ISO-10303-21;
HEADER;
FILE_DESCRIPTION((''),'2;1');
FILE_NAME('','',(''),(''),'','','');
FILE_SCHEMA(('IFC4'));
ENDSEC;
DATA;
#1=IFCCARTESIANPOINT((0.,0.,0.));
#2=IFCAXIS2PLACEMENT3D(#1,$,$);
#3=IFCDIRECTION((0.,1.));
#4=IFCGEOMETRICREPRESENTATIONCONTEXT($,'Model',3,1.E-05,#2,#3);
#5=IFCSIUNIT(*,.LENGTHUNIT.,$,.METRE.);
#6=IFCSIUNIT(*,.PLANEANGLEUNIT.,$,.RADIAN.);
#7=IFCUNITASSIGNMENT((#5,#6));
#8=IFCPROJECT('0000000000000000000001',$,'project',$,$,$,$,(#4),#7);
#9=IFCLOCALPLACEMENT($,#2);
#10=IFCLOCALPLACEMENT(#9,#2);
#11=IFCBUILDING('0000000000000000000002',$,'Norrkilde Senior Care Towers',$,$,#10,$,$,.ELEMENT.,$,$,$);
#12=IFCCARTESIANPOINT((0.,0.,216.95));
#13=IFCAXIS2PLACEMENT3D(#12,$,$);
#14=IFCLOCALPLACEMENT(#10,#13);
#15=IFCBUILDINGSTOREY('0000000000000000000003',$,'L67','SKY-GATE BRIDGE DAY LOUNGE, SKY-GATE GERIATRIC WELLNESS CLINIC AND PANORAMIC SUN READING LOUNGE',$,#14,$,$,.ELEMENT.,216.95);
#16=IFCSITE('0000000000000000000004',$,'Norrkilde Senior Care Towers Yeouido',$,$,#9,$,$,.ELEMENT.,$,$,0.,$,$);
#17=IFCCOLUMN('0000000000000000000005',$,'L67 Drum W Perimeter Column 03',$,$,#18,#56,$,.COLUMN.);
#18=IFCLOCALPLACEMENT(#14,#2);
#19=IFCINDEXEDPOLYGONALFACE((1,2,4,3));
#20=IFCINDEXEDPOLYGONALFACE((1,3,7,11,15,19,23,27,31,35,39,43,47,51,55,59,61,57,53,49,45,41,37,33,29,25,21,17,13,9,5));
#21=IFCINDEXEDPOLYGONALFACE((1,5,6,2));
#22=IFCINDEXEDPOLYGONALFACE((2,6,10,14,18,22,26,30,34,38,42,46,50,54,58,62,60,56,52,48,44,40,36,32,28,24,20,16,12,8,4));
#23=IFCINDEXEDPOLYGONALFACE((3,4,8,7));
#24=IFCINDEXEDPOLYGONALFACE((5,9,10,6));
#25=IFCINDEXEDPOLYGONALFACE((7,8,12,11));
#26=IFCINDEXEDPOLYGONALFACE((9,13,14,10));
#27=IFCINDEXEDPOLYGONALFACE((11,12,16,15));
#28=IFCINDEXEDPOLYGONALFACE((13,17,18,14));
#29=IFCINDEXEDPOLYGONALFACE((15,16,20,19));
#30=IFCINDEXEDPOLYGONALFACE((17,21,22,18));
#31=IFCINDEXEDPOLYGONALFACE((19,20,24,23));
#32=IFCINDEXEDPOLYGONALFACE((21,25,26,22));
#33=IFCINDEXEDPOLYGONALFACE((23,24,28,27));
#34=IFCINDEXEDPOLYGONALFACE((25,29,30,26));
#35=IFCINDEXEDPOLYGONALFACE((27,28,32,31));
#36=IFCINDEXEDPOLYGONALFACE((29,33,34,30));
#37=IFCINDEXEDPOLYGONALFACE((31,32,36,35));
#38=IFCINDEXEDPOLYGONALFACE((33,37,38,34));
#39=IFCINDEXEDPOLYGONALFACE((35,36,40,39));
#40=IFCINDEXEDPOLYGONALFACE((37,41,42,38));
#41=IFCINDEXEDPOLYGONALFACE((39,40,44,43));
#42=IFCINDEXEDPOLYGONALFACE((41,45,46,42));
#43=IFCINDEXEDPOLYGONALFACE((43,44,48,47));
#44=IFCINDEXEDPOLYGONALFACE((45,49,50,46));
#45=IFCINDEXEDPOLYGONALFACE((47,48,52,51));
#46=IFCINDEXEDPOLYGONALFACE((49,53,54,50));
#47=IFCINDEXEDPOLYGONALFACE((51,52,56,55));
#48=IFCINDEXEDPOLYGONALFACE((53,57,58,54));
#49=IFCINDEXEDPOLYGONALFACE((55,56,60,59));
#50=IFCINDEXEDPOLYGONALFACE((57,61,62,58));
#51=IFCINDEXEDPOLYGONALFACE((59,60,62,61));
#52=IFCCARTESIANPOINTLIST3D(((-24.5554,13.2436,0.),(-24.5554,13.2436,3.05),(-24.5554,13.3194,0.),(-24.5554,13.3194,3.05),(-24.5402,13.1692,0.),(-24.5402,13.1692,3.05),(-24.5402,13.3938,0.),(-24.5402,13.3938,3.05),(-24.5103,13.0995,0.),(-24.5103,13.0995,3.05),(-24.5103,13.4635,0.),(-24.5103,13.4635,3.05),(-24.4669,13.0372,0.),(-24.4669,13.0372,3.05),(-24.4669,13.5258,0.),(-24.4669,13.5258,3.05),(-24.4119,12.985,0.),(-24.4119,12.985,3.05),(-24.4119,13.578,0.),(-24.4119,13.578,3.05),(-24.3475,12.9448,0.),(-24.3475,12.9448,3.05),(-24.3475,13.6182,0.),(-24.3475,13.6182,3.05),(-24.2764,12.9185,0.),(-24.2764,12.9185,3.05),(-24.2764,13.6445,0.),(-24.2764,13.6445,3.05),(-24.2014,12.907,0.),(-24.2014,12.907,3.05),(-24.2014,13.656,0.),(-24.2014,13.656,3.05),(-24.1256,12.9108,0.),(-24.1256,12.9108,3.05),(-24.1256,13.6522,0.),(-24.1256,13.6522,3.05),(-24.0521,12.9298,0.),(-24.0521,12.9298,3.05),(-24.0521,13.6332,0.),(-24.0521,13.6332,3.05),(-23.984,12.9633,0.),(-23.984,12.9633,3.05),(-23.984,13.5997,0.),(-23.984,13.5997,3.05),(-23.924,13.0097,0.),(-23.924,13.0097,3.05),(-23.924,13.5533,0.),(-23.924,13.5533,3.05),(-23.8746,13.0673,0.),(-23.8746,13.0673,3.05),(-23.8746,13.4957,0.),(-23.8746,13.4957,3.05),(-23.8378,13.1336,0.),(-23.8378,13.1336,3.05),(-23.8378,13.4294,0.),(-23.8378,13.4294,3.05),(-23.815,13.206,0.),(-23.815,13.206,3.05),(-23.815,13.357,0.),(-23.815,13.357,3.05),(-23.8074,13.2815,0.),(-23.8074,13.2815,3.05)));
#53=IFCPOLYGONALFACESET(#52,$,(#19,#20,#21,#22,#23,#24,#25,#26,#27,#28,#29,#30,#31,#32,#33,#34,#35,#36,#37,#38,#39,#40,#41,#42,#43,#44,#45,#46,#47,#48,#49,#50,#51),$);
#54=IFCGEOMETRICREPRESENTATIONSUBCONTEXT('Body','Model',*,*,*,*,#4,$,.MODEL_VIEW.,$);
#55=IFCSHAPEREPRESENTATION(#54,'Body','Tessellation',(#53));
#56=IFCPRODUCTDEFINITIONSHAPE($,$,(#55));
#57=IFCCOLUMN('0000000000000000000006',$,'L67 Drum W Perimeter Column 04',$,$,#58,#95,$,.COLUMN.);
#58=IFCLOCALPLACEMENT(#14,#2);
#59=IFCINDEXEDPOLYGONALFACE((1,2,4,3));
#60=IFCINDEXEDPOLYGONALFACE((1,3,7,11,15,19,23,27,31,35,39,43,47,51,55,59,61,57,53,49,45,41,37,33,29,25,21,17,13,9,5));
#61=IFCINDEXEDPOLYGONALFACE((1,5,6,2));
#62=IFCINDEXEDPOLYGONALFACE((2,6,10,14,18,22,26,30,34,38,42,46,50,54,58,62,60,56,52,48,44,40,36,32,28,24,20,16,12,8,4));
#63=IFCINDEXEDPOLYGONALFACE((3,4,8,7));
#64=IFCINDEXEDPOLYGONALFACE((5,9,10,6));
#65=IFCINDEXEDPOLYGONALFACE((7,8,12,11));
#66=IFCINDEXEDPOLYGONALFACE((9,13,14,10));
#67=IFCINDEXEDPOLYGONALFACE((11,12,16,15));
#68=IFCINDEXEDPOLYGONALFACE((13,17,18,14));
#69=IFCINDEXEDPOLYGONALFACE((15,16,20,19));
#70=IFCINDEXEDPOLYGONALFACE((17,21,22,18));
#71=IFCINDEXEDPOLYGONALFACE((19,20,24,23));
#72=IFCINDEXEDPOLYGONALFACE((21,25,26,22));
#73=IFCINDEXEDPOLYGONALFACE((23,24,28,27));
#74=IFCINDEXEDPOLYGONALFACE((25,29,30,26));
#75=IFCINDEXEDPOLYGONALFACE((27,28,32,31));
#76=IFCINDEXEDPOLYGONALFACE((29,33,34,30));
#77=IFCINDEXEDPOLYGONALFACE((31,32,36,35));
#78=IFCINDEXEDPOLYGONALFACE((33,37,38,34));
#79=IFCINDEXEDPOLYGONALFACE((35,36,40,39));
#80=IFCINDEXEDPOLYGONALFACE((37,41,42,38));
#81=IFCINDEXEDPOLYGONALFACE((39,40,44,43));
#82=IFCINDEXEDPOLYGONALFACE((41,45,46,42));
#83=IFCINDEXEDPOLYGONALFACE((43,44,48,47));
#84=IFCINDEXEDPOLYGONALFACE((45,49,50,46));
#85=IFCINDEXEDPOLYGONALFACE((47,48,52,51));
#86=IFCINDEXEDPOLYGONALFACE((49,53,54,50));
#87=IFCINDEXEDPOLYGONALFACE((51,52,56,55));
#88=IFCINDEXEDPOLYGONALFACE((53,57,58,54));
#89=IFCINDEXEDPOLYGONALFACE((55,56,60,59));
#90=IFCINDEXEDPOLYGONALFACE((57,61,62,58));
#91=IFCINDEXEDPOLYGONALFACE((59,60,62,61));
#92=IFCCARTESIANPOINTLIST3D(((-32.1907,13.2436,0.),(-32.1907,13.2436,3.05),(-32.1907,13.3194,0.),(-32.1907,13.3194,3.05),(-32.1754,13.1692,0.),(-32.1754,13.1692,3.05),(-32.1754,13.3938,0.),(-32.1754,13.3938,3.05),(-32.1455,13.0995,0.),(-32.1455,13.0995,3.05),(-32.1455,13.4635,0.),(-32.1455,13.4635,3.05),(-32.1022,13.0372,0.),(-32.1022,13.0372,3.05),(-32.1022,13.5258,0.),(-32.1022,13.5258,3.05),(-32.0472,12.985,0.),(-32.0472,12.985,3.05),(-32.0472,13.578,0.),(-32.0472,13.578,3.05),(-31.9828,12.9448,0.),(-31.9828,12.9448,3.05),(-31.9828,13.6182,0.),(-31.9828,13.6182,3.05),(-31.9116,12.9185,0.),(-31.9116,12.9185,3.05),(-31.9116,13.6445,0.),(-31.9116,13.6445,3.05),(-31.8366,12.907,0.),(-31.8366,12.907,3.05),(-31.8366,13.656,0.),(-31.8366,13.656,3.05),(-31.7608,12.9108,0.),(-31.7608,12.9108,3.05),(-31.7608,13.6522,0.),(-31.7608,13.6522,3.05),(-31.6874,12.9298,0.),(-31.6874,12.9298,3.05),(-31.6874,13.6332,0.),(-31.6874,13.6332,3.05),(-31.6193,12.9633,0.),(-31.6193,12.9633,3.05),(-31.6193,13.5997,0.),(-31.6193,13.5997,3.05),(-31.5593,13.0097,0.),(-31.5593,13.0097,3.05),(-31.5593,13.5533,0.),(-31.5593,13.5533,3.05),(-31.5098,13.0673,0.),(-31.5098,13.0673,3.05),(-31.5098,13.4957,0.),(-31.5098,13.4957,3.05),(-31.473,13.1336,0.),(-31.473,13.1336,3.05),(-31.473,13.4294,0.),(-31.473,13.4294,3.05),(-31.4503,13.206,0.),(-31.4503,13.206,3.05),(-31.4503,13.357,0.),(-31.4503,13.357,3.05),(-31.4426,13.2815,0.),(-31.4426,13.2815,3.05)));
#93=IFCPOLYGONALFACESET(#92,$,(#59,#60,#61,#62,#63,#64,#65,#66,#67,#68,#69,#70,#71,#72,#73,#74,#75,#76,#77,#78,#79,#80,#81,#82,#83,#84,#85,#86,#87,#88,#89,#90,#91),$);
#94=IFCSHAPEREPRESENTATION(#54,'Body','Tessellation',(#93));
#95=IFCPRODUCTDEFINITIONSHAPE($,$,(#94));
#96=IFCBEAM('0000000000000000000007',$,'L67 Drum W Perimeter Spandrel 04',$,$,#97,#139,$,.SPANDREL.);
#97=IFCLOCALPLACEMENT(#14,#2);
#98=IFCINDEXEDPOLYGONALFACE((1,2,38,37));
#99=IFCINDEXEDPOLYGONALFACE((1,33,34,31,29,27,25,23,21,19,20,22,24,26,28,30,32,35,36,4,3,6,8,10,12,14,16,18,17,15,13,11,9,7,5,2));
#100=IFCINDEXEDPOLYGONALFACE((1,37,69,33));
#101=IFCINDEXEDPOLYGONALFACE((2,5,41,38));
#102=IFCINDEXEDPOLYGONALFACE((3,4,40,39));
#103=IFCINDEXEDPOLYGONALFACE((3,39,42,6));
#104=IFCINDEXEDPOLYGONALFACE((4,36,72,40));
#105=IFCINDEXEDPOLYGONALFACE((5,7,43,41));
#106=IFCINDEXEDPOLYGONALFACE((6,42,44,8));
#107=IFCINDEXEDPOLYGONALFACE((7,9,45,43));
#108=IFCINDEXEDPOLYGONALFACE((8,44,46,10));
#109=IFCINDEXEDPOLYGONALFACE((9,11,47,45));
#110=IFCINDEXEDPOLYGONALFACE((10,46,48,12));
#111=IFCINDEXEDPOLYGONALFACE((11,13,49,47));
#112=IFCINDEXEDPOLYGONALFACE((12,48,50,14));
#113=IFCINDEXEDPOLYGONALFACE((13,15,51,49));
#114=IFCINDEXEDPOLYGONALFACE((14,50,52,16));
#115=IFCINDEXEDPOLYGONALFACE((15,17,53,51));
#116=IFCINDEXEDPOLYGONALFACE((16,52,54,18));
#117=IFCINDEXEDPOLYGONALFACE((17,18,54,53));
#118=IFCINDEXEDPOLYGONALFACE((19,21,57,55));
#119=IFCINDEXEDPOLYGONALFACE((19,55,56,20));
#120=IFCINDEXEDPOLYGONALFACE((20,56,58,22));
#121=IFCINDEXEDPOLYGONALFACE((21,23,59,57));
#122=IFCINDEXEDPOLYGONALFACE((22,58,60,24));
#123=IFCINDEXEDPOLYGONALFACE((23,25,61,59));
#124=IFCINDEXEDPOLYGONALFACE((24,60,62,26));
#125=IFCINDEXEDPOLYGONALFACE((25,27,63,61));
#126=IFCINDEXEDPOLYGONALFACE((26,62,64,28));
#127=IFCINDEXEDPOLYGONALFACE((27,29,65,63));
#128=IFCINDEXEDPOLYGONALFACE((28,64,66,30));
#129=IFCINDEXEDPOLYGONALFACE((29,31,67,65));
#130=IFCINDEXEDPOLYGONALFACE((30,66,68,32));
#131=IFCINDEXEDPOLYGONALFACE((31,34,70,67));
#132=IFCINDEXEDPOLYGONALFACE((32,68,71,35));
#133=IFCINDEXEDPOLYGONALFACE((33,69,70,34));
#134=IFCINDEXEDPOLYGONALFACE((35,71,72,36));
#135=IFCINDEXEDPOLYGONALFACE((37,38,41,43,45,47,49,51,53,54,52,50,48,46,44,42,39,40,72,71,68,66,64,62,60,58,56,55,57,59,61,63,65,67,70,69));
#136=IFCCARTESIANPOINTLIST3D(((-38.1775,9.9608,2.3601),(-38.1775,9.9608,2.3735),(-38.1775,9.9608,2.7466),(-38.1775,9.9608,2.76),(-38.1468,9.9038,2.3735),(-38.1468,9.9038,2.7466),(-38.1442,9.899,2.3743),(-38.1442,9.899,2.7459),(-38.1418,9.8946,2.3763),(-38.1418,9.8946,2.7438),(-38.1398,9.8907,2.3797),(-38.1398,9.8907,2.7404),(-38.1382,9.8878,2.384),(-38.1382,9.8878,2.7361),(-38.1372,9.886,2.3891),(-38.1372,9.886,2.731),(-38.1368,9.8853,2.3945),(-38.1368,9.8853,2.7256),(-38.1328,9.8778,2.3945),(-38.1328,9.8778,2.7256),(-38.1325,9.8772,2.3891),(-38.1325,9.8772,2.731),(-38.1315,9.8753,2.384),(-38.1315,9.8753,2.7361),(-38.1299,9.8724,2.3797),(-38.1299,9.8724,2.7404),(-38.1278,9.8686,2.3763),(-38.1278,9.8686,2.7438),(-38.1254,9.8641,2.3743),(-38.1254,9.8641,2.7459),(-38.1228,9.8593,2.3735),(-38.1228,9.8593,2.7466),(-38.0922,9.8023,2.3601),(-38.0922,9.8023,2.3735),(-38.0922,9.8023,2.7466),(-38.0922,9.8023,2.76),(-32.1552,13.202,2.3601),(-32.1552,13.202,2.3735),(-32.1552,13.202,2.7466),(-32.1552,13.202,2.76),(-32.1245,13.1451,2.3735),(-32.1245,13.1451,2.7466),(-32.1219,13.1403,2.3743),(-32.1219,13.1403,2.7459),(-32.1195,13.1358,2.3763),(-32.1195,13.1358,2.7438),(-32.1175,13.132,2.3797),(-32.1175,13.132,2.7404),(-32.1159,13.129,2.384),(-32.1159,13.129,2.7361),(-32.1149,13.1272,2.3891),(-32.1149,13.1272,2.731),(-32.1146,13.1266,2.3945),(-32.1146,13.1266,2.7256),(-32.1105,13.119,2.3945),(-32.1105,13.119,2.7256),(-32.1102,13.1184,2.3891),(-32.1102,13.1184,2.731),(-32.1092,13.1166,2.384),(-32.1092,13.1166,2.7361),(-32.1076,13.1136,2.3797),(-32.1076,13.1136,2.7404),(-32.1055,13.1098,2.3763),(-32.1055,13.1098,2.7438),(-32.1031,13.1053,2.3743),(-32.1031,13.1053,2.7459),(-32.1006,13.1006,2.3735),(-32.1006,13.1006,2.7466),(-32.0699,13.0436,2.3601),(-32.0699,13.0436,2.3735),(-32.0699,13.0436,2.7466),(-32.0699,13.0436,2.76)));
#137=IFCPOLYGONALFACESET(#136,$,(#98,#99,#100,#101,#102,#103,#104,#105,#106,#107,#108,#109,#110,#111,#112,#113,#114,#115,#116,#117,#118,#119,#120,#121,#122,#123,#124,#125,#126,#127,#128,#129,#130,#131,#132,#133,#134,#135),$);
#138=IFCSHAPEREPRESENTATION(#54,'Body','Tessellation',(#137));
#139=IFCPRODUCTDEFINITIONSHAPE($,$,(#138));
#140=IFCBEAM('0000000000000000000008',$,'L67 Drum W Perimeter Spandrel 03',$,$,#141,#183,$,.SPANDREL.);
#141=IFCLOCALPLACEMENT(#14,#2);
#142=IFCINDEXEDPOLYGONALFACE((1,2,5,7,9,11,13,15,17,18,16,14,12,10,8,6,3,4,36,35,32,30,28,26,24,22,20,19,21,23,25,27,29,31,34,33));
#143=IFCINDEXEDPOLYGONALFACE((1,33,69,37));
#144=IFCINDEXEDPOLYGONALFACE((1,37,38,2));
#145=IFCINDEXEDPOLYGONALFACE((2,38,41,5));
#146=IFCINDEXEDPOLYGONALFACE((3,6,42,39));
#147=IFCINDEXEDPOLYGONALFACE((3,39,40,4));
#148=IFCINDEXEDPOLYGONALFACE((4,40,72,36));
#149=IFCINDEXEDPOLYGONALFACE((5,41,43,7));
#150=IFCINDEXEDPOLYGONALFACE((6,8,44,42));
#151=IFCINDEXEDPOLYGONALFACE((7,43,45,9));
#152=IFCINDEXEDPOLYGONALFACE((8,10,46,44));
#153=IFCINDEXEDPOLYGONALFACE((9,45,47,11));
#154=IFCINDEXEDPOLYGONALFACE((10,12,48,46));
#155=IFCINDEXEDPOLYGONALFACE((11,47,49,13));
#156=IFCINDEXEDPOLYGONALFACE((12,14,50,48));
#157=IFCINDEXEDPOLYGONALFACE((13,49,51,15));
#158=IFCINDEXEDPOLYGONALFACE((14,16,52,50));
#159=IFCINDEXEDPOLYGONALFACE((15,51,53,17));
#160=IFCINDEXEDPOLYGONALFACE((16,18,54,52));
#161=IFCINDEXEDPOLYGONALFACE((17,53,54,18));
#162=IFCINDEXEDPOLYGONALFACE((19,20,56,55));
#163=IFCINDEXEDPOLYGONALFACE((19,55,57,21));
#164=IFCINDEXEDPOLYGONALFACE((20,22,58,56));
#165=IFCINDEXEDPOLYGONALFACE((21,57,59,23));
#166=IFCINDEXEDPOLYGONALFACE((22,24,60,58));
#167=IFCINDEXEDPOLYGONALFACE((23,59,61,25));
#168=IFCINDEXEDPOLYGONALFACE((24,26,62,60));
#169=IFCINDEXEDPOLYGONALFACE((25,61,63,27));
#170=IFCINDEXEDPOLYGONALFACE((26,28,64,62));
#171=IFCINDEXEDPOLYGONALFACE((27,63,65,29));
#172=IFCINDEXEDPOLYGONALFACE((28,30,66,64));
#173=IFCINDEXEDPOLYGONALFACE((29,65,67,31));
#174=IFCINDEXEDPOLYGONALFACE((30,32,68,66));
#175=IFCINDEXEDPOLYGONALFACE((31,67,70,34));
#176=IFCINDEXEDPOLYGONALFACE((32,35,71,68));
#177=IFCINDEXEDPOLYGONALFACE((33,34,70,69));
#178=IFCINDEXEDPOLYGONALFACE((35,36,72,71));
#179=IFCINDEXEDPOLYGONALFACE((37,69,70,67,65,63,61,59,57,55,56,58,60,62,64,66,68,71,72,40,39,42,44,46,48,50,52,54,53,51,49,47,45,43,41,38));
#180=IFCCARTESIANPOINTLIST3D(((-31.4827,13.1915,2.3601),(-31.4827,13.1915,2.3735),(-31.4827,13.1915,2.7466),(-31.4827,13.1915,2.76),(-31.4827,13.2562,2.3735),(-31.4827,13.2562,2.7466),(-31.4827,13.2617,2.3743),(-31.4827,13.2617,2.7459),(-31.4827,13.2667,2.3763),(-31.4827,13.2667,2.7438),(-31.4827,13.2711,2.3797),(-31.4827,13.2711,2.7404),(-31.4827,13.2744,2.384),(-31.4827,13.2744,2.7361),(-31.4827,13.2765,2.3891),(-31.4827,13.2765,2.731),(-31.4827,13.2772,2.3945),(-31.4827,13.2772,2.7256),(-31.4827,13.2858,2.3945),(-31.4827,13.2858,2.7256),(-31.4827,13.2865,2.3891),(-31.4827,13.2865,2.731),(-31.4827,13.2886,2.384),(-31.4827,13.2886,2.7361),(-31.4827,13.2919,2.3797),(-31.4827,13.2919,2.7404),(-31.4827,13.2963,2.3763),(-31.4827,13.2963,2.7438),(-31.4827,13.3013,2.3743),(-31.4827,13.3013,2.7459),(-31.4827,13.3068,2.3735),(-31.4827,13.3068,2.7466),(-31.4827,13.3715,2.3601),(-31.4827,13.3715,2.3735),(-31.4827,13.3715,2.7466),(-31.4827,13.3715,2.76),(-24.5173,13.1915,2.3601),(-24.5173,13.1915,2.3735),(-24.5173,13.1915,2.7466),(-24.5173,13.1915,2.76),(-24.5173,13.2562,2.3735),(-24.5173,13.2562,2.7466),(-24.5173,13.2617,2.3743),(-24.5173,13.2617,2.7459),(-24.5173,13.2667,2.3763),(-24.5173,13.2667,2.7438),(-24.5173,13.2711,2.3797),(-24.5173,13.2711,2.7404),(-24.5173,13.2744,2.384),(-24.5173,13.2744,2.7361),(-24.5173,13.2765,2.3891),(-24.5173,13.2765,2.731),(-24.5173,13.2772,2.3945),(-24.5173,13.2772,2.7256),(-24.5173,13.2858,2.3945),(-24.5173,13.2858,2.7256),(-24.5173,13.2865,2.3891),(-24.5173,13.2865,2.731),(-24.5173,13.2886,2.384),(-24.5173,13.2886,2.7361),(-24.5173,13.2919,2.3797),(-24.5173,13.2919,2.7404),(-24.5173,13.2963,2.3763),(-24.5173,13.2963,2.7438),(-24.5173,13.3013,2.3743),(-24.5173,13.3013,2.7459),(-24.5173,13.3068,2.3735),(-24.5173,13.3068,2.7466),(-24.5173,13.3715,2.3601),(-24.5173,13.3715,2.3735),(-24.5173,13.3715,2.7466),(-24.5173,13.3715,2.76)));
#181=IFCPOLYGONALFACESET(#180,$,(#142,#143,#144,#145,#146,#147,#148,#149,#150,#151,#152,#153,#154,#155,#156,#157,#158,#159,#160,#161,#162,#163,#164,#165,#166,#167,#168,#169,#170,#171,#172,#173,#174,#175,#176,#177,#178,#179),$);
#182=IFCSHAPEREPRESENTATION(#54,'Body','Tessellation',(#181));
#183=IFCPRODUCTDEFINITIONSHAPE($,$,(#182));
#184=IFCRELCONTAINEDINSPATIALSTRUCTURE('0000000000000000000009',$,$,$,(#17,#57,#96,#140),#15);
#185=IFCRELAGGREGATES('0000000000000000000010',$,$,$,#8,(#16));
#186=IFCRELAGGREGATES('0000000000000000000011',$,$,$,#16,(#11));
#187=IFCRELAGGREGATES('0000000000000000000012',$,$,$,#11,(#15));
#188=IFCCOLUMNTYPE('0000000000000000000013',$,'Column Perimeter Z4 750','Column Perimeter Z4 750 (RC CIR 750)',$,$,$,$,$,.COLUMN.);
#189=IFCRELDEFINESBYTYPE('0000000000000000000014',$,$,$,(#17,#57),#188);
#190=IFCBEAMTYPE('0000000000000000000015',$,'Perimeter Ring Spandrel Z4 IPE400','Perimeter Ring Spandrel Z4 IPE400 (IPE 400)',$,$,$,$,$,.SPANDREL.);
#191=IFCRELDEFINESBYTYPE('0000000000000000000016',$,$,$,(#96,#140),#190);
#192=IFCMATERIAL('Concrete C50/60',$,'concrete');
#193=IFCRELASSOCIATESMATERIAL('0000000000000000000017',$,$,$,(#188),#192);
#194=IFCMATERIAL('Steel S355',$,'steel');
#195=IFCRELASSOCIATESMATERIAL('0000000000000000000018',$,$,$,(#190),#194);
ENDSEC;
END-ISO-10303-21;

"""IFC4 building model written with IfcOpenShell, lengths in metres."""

from ifc_helpers import new_model, si_unit, direction, frame, origin, origin_2d, place, context, subcontext, project, spatial, circle, i_section, extrude, source, transform, mapped, material, material_profile, profile_set, type_object, type_shapes, element, save


model = new_model("IFC4")

# Units and contexts
model_context = context("Model", 3, precision=1e-05, world=origin(), true_north=direction((0.0, 1.0)))
body_context = subcontext(model_context, "Body", "Model", "MODEL_VIEW")
ifc_project = project(units=[si_unit("LENGTHUNIT", "METRE"), si_unit("PLANEANGLEUNIT", "RADIAN")], contexts=[model_context])

# Site, building, storey
site_placement = place(None, origin())
site = spatial("IfcSite", under=ifc_project, at=site_placement, Name="Norrkilde Senior Care Towers Yeouido", CompositionType="ELEMENT", RefElevation=0.0)
building_placement = place(site_placement, origin())
building = spatial("IfcBuilding", under=site, at=building_placement, Name="Norrkilde Senior Care Towers", CompositionType="ELEMENT")
storey_placement = place(building_placement, frame((0.0, 0.0, 216.95)))
storey = spatial("IfcBuildingStorey", under=building, at=storey_placement, Name="L67", Description="SKY-GATE BRIDGE DAY LOUNGE, SKY-GATE GERIATRIC WELLNESS CLINIC AND PANORAMIC SUN READING LOUNGE", CompositionType="ELEMENT", Elevation=216.95)

# Columns
ifc_material_1 = material(Name="Concrete C50/60", Category="concrete")
ifc_material_profile_1 = material_profile(ifc_material_1, circle(Radius=0.375, at=origin_2d()), Name="RC CIR 750")
ifc_profile_set_1 = profile_set([ifc_material_profile_1], Name="Concrete C50/60")
column_type = type_object("IfcColumnType", Name="Column Perimeter Z4 750", Description="Column Perimeter Z4 750 (RC CIR 750)", PredefinedType="COLUMN", material=ifc_profile_set_1)
shared_shape_1 = source(origin(), body_context, "Body", "SweptSolid", [
    extrude(circle(Radius=0.375, at=origin_2d()), origin(), (0.0, 0.0, 1.0), 3.05),
])
type_shapes(column_type, [shared_shape_1])
for number, where, z_axis, x_axis, name in (
    (1, (-24.1824, 13.2815, 0.0), (0.0, 0.0, 1.0), (1.0, 0.0, 0.0), "L67 Drum W Perimeter Column 03"),
    (2, (-31.8176, 13.2815, 0.0), (0.0, 0.0, 1.0), (1.0, 0.0, 0.0), "L67 Drum W Perimeter Column 04"),
):
    element("IfcColumn", number, at=place(storey_placement, frame(where, z_axis=z_axis, x_axis=x_axis)), inside=storey, type_object=column_type, Name=name, PredefinedType="COLUMN", context=body_context, shape_type="MappedRepresentation", body=[
        mapped(shared_shape_1, transform((0.0, 0.0, 0.0), x_axis=(1.0, 0.0, 0.0), y_axis=(0.0, 1.0, 0.0), z_axis=(0.0, 0.0, 1.0), scale=1.0)),
    ])

# Beams
ifc_material_2 = material(Name="Steel S355", Category="steel")
ifc_material_profile_2 = material_profile(ifc_material_2, i_section(OverallWidth=0.1799, OverallDepth=0.3999, WebThickness=0.0085, FlangeThickness=0.0134, FilletRadius=0.021, at=origin_2d()), Name="IPE 400")
ifc_profile_set_2 = profile_set([ifc_material_profile_2], Name="Steel S355")
beam_type = type_object("IfcBeamType", Name="Perimeter Ring Spandrel Z4 IPE400", Description="Perimeter Ring Spandrel Z4 IPE400 (IPE 400)", PredefinedType="SPANDREL", material=ifc_profile_set_2)
shared_shape_2 = source(origin(), body_context, "Body", "SweptSolid", [
    extrude(i_section(OverallWidth=0.1799, OverallDepth=0.3999, WebThickness=0.0085, FlangeThickness=0.0134, FilletRadius=0.021, at=origin_2d()), origin(), (0.0, 0.0, 1.0), 6.8391),
])
beam_1_placement = place(storey_placement, frame((-32.1125, 13.1228, 2.5601), z_axis=(-0.880564, -0.473927, 0.0), x_axis=(0.473927, -0.880564, 0.0)))
element("IfcBeam", 3, at=beam_1_placement, inside=storey, type_object=beam_type, Name="L67 Drum W Perimeter Spandrel 04", PredefinedType="SPANDREL", context=body_context, shape_type="MappedRepresentation", body=[
    mapped(shared_shape_2, transform((0.0, 0.0, 0.0), x_axis=(1.0, 0.0, 0.0), y_axis=(0.0, 1.0, 0.0), z_axis=(0.0, 0.0, 1.0), scale=1.0)),
])
shared_shape_3 = source(origin(), body_context, "Body", "SweptSolid", [
    extrude(i_section(OverallWidth=0.1799, OverallDepth=0.3999, WebThickness=0.0085, FlangeThickness=0.0134, FilletRadius=0.021, at=origin_2d()), origin(), (0.0, 0.0, 1.0), 6.9653),
])
type_shapes(beam_type, [shared_shape_2, shared_shape_3])
beam_2_placement = place(storey_placement, frame((-24.5173, 13.2815, 2.5601), z_axis=(-1.0, 0.0, 0.0), x_axis=(0.0, -1.0, 0.0)))
element("IfcBeam", 4, at=beam_2_placement, inside=storey, type_object=beam_type, Name="L67 Drum W Perimeter Spandrel 03", PredefinedType="SPANDREL", context=body_context, shape_type="MappedRepresentation", body=[
    mapped(shared_shape_3, transform((0.0, 0.0, 0.0), x_axis=(1.0, 0.0, 0.0), y_axis=(0.0, 1.0, 0.0), z_axis=(0.0, 0.0, 1.0), scale=1.0)),
])

save(model, "model.ifc")
